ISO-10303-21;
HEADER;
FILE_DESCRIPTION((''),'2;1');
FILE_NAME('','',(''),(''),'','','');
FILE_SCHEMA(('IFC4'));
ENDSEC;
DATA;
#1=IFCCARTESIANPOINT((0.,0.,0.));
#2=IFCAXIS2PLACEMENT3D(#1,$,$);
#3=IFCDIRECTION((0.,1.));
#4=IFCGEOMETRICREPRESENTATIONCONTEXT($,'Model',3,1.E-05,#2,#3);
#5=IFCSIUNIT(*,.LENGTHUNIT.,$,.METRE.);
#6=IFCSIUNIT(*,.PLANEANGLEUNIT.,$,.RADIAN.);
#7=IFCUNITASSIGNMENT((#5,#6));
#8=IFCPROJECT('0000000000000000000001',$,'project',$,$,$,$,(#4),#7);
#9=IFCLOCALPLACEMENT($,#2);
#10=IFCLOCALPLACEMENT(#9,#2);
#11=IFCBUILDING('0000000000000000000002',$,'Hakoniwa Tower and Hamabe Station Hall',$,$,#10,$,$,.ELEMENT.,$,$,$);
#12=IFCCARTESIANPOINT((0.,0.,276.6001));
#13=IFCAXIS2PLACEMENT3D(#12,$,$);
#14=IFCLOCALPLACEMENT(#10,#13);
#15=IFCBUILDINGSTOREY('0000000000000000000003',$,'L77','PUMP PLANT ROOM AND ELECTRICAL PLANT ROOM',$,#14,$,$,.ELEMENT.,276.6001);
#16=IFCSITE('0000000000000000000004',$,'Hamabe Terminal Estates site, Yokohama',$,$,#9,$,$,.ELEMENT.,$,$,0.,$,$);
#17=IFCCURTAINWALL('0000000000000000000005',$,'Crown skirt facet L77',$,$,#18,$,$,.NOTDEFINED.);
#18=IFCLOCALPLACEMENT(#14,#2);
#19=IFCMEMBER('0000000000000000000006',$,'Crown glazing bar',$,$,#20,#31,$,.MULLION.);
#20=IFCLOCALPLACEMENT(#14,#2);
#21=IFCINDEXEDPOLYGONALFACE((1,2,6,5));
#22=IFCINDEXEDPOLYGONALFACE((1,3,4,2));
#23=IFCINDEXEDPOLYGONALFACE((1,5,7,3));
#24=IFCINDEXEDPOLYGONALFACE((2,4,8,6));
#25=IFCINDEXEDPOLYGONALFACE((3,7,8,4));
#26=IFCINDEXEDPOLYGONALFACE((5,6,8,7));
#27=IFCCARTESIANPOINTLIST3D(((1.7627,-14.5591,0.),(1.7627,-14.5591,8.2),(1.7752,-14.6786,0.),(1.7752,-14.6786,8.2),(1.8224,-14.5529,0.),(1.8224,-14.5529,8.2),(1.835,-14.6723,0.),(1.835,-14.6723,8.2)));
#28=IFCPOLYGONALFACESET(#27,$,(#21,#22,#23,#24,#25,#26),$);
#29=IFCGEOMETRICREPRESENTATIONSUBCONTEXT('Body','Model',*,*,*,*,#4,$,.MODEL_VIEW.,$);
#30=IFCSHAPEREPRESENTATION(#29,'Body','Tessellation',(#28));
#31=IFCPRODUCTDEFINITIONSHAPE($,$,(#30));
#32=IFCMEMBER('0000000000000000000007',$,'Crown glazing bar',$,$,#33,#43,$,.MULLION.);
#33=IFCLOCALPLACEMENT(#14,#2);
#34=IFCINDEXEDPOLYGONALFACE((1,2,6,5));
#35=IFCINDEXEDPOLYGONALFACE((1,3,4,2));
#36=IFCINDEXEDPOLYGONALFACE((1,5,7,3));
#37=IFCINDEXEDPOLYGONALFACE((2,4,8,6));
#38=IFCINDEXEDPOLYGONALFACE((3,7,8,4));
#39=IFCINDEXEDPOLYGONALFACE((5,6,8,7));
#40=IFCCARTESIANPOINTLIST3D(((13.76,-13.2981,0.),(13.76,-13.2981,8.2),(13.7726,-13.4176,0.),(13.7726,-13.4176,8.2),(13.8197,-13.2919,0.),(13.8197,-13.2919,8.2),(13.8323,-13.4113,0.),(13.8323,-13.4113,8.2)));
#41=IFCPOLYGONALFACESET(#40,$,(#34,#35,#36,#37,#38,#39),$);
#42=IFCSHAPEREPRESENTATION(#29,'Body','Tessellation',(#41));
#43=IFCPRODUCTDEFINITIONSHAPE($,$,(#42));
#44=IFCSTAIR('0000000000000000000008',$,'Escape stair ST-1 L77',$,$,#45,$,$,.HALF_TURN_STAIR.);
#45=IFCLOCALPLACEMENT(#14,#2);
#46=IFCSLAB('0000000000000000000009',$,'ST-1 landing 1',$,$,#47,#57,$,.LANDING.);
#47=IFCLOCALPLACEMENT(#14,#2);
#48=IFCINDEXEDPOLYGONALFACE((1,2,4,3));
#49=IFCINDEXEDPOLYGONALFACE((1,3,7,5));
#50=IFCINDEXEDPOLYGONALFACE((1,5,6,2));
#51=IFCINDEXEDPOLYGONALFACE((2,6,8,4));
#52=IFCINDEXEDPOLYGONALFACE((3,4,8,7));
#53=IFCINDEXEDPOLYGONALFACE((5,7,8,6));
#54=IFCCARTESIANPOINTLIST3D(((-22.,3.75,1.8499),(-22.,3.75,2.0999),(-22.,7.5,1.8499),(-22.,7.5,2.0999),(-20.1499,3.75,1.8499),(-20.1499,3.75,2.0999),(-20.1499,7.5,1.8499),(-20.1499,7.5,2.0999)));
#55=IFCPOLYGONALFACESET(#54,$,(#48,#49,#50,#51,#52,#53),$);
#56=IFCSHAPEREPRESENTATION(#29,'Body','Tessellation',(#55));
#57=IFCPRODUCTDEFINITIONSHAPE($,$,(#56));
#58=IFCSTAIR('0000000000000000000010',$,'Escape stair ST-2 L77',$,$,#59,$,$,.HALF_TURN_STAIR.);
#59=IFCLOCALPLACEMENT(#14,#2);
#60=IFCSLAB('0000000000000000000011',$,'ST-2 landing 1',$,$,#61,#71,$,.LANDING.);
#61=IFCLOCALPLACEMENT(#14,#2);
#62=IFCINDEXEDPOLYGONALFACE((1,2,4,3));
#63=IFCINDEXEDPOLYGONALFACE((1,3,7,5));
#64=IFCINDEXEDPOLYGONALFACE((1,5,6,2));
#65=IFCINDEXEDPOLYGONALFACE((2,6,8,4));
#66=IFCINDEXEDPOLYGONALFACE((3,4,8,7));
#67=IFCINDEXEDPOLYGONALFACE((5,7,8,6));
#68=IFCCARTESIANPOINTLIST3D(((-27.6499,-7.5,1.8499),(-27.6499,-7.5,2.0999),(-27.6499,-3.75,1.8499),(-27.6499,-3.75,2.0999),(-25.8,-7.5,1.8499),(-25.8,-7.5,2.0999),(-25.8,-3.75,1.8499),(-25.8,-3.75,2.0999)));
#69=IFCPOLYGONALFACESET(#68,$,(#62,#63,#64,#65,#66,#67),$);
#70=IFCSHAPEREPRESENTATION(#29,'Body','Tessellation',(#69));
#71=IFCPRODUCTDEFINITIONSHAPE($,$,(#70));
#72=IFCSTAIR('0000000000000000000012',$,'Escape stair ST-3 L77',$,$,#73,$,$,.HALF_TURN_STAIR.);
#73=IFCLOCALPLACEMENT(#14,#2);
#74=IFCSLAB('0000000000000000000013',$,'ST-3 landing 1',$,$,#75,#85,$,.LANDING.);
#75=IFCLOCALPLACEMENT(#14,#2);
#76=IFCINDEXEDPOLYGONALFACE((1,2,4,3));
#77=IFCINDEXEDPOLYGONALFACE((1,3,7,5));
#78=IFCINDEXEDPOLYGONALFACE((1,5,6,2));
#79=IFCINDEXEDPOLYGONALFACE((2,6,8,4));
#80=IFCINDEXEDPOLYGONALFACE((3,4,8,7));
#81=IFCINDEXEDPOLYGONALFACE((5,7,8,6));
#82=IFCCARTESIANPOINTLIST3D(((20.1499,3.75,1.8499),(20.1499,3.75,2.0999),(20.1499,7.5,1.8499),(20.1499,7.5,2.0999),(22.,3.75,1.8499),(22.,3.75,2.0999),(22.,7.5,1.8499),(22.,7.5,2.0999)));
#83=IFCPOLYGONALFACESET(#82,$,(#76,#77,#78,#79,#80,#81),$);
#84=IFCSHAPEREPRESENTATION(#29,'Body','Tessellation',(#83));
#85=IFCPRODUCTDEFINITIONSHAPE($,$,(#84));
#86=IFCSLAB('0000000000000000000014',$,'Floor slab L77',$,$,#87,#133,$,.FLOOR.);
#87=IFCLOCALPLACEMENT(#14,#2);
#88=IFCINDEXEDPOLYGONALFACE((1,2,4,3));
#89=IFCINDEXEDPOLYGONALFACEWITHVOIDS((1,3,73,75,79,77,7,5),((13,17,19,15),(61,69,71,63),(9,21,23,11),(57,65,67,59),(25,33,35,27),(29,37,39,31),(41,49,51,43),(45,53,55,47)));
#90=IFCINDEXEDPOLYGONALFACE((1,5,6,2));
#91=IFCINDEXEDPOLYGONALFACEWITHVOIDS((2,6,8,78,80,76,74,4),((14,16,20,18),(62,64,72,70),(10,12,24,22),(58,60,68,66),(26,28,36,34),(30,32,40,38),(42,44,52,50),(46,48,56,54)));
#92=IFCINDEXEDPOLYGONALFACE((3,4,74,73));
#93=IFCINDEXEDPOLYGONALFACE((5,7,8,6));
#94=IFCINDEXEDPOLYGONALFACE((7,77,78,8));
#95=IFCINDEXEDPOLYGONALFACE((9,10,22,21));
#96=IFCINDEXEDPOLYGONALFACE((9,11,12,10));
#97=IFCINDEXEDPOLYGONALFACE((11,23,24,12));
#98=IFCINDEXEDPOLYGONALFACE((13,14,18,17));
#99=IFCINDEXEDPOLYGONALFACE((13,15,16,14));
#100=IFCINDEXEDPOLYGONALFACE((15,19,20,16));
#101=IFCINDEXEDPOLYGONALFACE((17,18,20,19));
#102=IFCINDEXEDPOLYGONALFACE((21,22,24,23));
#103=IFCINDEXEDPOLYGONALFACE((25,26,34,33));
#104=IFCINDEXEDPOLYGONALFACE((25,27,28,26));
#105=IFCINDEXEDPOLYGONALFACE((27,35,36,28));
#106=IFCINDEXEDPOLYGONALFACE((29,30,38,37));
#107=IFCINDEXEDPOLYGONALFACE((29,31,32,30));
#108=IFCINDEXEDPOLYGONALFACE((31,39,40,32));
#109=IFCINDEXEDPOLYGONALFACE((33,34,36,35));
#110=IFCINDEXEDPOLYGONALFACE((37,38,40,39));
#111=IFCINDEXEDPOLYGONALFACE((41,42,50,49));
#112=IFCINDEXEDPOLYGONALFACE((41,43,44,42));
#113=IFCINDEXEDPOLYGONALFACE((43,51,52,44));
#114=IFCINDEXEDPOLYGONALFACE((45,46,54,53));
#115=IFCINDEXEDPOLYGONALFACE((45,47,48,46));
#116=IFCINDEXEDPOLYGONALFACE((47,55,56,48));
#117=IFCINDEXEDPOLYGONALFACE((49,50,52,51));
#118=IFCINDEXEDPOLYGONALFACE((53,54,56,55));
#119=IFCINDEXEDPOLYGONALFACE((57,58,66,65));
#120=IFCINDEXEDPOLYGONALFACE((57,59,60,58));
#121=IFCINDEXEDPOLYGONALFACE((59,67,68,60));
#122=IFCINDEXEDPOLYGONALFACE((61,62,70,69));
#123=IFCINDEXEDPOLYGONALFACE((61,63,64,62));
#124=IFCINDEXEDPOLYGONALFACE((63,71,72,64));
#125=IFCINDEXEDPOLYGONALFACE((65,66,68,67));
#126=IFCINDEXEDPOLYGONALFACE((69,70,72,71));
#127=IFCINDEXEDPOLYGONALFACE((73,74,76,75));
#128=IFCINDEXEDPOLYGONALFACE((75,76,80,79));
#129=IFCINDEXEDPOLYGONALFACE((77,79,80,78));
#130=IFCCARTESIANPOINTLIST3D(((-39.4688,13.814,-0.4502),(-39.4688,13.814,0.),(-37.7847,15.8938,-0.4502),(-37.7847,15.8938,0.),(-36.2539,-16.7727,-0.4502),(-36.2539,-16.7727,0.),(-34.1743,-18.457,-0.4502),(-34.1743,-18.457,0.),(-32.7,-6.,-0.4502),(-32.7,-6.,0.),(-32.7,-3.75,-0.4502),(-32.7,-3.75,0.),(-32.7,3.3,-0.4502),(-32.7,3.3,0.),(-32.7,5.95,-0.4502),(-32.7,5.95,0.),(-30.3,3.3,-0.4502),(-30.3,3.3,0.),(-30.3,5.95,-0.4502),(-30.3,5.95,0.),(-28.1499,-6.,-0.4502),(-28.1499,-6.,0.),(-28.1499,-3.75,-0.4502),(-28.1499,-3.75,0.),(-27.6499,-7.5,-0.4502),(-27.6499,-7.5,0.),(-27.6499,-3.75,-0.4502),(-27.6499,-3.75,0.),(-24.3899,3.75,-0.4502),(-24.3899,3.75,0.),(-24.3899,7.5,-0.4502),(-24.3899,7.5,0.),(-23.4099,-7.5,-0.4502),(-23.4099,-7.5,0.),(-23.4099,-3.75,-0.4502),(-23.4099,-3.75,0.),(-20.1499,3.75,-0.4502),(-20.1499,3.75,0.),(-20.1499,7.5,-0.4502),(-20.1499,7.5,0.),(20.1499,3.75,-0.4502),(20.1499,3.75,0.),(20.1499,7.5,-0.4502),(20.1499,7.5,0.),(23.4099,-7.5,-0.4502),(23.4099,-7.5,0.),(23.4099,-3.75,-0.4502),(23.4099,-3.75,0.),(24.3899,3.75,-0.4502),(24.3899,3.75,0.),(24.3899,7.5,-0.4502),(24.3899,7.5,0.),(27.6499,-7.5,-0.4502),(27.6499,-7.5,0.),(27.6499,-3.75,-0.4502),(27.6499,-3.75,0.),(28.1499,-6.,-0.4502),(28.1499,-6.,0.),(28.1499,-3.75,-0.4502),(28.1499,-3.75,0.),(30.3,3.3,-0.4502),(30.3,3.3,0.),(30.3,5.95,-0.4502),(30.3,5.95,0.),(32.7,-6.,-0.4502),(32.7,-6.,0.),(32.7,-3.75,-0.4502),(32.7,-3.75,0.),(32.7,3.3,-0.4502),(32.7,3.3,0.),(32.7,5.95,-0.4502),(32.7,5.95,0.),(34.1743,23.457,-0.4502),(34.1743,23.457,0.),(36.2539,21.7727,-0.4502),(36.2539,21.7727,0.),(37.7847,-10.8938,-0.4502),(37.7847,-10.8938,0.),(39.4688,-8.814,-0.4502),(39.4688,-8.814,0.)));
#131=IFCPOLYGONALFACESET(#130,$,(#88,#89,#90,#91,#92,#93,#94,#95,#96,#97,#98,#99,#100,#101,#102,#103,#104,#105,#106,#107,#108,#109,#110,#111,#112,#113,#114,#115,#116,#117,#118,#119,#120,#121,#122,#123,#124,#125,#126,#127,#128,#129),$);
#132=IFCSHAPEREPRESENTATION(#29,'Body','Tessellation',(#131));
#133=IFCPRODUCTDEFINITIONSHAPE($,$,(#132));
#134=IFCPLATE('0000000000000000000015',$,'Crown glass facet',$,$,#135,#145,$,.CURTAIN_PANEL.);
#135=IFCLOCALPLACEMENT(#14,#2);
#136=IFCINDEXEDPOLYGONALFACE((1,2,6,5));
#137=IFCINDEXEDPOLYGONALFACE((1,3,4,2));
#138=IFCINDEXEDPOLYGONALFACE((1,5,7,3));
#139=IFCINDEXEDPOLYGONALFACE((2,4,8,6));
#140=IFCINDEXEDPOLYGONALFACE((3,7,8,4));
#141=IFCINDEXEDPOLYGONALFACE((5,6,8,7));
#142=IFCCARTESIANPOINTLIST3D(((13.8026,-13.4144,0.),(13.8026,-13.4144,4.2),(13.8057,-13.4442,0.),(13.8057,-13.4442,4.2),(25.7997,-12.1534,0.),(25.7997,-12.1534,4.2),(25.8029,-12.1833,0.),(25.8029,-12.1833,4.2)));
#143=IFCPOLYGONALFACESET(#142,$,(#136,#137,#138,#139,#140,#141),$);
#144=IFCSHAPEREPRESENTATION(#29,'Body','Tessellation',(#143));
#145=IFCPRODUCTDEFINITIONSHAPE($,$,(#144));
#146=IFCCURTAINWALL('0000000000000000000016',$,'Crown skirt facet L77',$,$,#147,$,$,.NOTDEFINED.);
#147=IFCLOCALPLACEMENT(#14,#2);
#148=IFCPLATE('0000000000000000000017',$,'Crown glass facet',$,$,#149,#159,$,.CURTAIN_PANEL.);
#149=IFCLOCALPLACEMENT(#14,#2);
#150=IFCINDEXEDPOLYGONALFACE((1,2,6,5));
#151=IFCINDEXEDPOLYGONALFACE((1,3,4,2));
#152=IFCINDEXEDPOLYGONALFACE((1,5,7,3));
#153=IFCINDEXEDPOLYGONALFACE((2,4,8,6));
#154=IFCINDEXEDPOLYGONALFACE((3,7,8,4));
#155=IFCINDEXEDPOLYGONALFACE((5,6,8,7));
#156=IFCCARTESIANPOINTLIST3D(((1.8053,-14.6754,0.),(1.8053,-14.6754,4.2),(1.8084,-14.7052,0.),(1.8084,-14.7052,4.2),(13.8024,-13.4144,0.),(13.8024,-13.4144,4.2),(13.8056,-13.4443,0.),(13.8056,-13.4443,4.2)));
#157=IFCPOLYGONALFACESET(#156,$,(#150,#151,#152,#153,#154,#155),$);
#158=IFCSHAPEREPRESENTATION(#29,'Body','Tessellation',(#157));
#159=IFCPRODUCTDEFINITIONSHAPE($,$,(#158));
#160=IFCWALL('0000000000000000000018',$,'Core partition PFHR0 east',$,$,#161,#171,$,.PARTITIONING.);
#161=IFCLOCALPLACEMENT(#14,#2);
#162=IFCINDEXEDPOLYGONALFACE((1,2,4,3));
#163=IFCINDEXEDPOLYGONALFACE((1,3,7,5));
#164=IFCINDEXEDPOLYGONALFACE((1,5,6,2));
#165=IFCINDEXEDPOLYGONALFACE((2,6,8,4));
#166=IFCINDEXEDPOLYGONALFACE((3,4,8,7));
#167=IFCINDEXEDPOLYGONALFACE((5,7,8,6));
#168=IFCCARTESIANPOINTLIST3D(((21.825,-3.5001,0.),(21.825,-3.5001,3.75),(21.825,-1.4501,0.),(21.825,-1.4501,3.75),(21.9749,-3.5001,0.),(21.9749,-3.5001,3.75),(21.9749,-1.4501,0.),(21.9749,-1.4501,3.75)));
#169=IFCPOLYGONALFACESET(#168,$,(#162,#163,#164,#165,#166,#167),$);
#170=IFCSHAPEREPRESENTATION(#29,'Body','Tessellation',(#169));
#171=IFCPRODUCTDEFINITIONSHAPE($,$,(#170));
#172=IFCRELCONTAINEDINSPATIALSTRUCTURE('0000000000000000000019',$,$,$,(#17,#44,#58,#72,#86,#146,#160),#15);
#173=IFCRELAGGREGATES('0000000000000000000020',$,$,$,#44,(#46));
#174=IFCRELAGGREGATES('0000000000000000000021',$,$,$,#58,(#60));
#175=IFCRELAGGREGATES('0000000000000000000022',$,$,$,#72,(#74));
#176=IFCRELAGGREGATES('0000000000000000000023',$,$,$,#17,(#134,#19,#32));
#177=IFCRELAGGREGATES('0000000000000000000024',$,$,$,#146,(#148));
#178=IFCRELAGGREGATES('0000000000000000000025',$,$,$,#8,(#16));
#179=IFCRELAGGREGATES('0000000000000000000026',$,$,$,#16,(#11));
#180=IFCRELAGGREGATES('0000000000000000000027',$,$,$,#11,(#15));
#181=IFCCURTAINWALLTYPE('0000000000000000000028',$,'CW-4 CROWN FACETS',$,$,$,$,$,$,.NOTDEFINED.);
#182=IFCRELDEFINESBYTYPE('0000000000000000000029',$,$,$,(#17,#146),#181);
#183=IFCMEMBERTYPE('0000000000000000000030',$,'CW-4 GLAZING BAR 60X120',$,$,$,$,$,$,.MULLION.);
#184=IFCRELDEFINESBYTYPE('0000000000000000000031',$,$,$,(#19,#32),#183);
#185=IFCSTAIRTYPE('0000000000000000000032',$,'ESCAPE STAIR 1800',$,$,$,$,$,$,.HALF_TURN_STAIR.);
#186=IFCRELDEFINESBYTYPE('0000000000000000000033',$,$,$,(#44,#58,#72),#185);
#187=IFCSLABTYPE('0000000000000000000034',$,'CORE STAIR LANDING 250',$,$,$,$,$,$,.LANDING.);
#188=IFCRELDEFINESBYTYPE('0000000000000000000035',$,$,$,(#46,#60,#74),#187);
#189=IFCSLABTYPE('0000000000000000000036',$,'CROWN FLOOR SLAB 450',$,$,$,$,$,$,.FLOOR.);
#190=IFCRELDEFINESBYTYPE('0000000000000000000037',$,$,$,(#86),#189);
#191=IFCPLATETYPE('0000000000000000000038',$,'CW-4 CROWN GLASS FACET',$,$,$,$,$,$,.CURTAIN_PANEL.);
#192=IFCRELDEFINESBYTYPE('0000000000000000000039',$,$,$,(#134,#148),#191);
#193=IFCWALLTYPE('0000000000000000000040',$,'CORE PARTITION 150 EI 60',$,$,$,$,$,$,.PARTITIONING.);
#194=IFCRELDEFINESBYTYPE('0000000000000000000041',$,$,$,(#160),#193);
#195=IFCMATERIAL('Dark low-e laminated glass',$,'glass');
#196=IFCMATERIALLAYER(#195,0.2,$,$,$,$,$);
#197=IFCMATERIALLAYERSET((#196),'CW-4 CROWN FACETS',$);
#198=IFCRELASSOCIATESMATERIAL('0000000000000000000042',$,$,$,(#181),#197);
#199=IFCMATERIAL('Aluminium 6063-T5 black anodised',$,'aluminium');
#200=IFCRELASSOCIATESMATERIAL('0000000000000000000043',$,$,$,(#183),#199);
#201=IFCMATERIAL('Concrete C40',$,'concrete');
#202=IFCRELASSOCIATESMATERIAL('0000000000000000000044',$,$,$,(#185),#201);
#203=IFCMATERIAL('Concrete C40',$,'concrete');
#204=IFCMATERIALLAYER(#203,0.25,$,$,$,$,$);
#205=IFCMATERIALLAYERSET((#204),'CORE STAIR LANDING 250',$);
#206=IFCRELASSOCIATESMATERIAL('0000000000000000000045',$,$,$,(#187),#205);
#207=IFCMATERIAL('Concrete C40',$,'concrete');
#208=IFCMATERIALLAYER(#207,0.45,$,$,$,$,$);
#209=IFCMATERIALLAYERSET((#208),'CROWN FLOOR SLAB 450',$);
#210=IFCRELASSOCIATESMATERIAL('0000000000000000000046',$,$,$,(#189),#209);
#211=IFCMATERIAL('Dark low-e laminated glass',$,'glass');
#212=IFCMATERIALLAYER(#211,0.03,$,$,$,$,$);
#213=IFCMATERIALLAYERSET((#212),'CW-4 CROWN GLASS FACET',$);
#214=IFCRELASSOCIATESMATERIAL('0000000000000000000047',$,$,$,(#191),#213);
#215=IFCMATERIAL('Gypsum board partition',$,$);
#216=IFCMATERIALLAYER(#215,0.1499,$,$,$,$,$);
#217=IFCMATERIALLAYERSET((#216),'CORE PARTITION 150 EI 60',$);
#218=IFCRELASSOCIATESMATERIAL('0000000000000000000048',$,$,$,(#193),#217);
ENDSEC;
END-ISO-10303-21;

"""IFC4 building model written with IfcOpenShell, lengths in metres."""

from ifc_helpers import new_model, si_unit, direction, frame, frame_2d, origin, origin_2d, place, context, subcontext, project, spatial, polyline, rectangle, outline, extrude, material, layer, layer_set, material_profile, profile_set, type_object, element, aggregate, save


model = new_model("IFC4")

# Units and contexts
model_context = context("Model", 3, precision=1e-05, world=origin(), true_north=direction((0.0, 1.0)))
body_context = subcontext(model_context, "Body", "Model", "MODEL_VIEW")
ifc_project = project(units=[si_unit("LENGTHUNIT", "METRE"), si_unit("PLANEANGLEUNIT", "RADIAN")], contexts=[model_context])

# Site, building, storey
site_placement = place(None, origin())
site = spatial("IfcSite", under=ifc_project, at=site_placement, Name="Hamabe Terminal Estates site, Yokohama", CompositionType="ELEMENT", RefElevation=0.0)
building_placement = place(site_placement, origin())
building = spatial("IfcBuilding", under=site, at=building_placement, Name="Hakoniwa Tower and Hamabe Station Hall", CompositionType="ELEMENT")
storey_placement = place(building_placement, frame((0.0, 0.0, 276.6001)))
storey = spatial("IfcBuildingStorey", under=building, at=storey_placement, Name="L77", Description="PUMP PLANT ROOM AND ELECTRICAL PLANT ROOM", CompositionType="ELEMENT", Elevation=276.6001)

# Curtain wall, members
ifc_material_1 = material(Name="Dark low-e laminated glass", Category="glass")
ifc_layer_1 = layer(ifc_material_1, 0.2)
ifc_layer_set_1 = layer_set([ifc_layer_1], Name="CW-4 CROWN FACETS")
curtain_wall_type = type_object("IfcCurtainWallType", Name="CW-4 CROWN FACETS", PredefinedType="NOTDEFINED", material=ifc_layer_set_1)
curtain_wall_1_placement = place(storey_placement, origin())
curtain_wall_1 = element("IfcCurtainWall", 1, at=curtain_wall_1_placement, inside=storey, type_object=curtain_wall_type, Name="Crown skirt facet L77", PredefinedType="NOTDEFINED")
ifc_material_2 = material(Name="Aluminium 6063-T5 black anodised", Category="aluminium")
ifc_material_profile_1 = material_profile(ifc_material_2, rectangle(XDim=0.0601, YDim=0.1201, at=origin_2d()), Name="CW-4 GLAZING BAR 60X120")
ifc_profile_set_1 = profile_set([ifc_material_profile_1], Name="Aluminium 6063-T5 black anodised")
member_type = type_object("IfcMemberType", Name="CW-4 GLAZING BAR 60X120", PredefinedType="MULLION", material=ifc_profile_set_1)
member_1_placement = place(storey_placement, frame((1.7988, -14.6157, 0.0), z_axis=(0.0, 0.0, 1.0), x_axis=(-0.994522, -0.104528, 0.0)))
member_1 = element("IfcMember", 2, at=member_1_placement, type_object=member_type, Name="Crown glazing bar", PredefinedType="MULLION", context=body_context, shape_type="SweptSolid", body=[
    extrude(rectangle(XDim=0.0601, YDim=0.1201, at=origin_2d()), origin(), (0.0, 0.0, 1.0), 8.2),
])
member_2_placement = place(storey_placement, frame((13.7961, -13.3547, 0.0), z_axis=(0.0, 0.0, 1.0), x_axis=(-0.994522, -0.104528, 0.0)))
member_2 = element("IfcMember", 3, at=member_2_placement, type_object=member_type, Name="Crown glazing bar", PredefinedType="MULLION", context=body_context, shape_type="SweptSolid", body=[
    extrude(rectangle(XDim=0.0601, YDim=0.1201, at=origin_2d()), origin(), (0.0, 0.0, 1.0), 8.2),
])

# Stairs, slabs
ifc_material_3 = material(Name="Concrete C40", Category="concrete")
stair_type = type_object("IfcStairType", Name="ESCAPE STAIR 1800", PredefinedType="HALF_TURN_STAIR", material=ifc_material_3)
stair_1_placement = place(storey_placement, origin())
stair_1 = element("IfcStair", 4, at=stair_1_placement, inside=storey, type_object=stair_type, Name="Escape stair ST-1 L77", PredefinedType="HALF_TURN_STAIR")
ifc_material_4 = material(Name="Concrete C40", Category="concrete")
ifc_layer_2 = layer(ifc_material_4, 0.25)
ifc_layer_set_2 = layer_set([ifc_layer_2], Name="CORE STAIR LANDING 250")
slab_type_1 = type_object("IfcSlabType", Name="CORE STAIR LANDING 250", PredefinedType="LANDING", material=ifc_layer_set_2)
slab_1_placement = place(storey_placement, frame((0.0, 0.0, 1.8499)))
slab_1 = element("IfcSlab", 5, at=slab_1_placement, type_object=slab_type_1, Name="ST-1 landing 1", PredefinedType="LANDING", context=body_context, shape_type="SweptSolid", body=[
    extrude(outline(polyline([(-22.0, 3.75), (-20.1499, 3.75), (-20.1499, 7.5), (-22.0, 7.5), (-22.0, 3.75)])), origin(), (0.0, 0.0, 1.0), 0.25),
])
aggregate(stair_1, [slab_1])
stair_2_placement = place(storey_placement, origin())
stair_2 = element("IfcStair", 6, at=stair_2_placement, inside=storey, type_object=stair_type, Name="Escape stair ST-2 L77", PredefinedType="HALF_TURN_STAIR")
slab_2_placement = place(storey_placement, frame((0.0, 0.0, 1.8499)))
slab_2 = element("IfcSlab", 7, at=slab_2_placement, type_object=slab_type_1, Name="ST-2 landing 1", PredefinedType="LANDING", context=body_context, shape_type="SweptSolid", body=[
    extrude(outline(polyline([(-25.8, -7.5), (-27.6499, -7.5), (-27.6499, -3.75), (-25.8, -3.75), (-25.8, -7.5)])), origin(), (0.0, 0.0, 1.0), 0.25),
])
aggregate(stair_2, [slab_2])
stair_3_placement = place(storey_placement, origin())
stair_3 = element("IfcStair", 8, at=stair_3_placement, inside=storey, type_object=stair_type, Name="Escape stair ST-3 L77", PredefinedType="HALF_TURN_STAIR")
slab_3_placement = place(storey_placement, frame((0.0, 0.0, 1.8499)))
slab_3 = element("IfcSlab", 9, at=slab_3_placement, type_object=slab_type_1, Name="ST-3 landing 1", PredefinedType="LANDING", context=body_context, shape_type="SweptSolid", body=[
    extrude(outline(polyline([(22.0, 3.75), (20.1499, 3.75), (20.1499, 7.5), (22.0, 7.5), (22.0, 3.75)])), origin(), (0.0, 0.0, 1.0), 0.25),
])
aggregate(stair_3, [slab_3])

# Slab
ifc_material_5 = material(Name="Concrete C40", Category="concrete")
ifc_layer_3 = layer(ifc_material_5, 0.45)
ifc_layer_set_3 = layer_set([ifc_layer_3], Name="CROWN FLOOR SLAB 450")
slab_type_2 = type_object("IfcSlabType", Name="CROWN FLOOR SLAB 450", PredefinedType="FLOOR", material=ifc_layer_set_3)
slab_4_placement = place(storey_placement, frame((0.0, 0.0, -0.4502)))
element("IfcSlab", 10, at=slab_4_placement, inside=storey, type_object=slab_type_2, Name="Floor slab L77", PredefinedType="FLOOR", context=body_context, shape_type="SweptSolid", body=[
    extrude(outline(polyline([(36.2539, 21.7727), (34.1743, 23.457), (-37.7847, 15.8938), (-39.4688, 13.814), (-36.2539, -16.7727), (-34.1743, -18.457), (37.7847, -10.8938), (39.4688, -8.814), (36.2539, 21.7727)]), holes=[polyline([(-32.7, 3.3), (-32.7, 5.95), (-30.3, 5.95), (-30.3, 3.3), (-32.7, 3.3)]), polyline([(-32.7, -6.0), (-32.7, -3.75), (-28.1499, -3.75), (-28.1499, -6.0), (-32.7, -6.0)]), polyline([(-24.3899, 3.75), (-24.3899, 7.5), (-20.1499, 7.5), (-20.1499, 3.75), (-24.3899, 3.75)]), polyline([(-27.6499, -7.5), (-27.6499, -3.75), (-23.4099, -3.75), (-23.4099, -7.5), (-27.6499, -7.5)]), polyline([(30.3, 3.3), (30.3, 5.95), (32.7, 5.95), (32.7, 3.3), (30.3, 3.3)]), polyline([(28.1499, -6.0), (28.1499, -3.75), (32.7, -3.75), (32.7, -6.0), (28.1499, -6.0)]), polyline([(20.1499, 3.75), (20.1499, 7.5), (24.3899, 7.5), (24.3899, 3.75), (20.1499, 3.75)]), polyline([(23.4099, -7.5), (23.4099, -3.75), (27.6499, -3.75), (27.6499, -7.5), (23.4099, -7.5)])]), origin(), (0.0, 0.0, 1.0), 0.4502),
])

# Plate
ifc_material_6 = material(Name="Dark low-e laminated glass", Category="glass")
ifc_layer_4 = layer(ifc_material_6, 0.03)
ifc_layer_set_4 = layer_set([ifc_layer_4], Name="CW-4 CROWN GLASS FACET")
plate_type = type_object("IfcPlateType", Name="CW-4 CROWN GLASS FACET", PredefinedType="CURTAIN_PANEL", material=ifc_layer_set_4)
plate_1_placement = place(storey_placement, frame((19.8027, -12.7988, 0.0), z_axis=(0.0, 0.0, 1.0), x_axis=(0.994522, 0.104528, 0.0)))
plate_1 = element("IfcPlate", 11, at=plate_1_placement, type_object=plate_type, Name="Crown glass facet", PredefinedType="CURTAIN_PANEL", context=body_context, shape_type="SweptSolid", body=[
    extrude(rectangle(XDim=12.0632, YDim=0.03, at=origin_2d()), origin(), (0.0, 0.0, 1.0), 4.2),
])
aggregate(curtain_wall_1, [plate_1, member_1, member_2])

# Curtain wall, plate
curtain_wall_2_placement = place(storey_placement, origin())
curtain_wall_2 = element("IfcCurtainWall", 12, at=curtain_wall_2_placement, inside=storey, type_object=curtain_wall_type, Name="Crown skirt facet L77", PredefinedType="NOTDEFINED")
plate_2_placement = place(storey_placement, frame((7.8054, -14.0598, 0.0), z_axis=(0.0, 0.0, 1.0), x_axis=(0.994522, 0.104528, 0.0)))
plate_2 = element("IfcPlate", 13, at=plate_2_placement, type_object=plate_type, Name="Crown glass facet", PredefinedType="CURTAIN_PANEL", context=body_context, shape_type="SweptSolid", body=[
    extrude(rectangle(XDim=12.0632, YDim=0.03, at=origin_2d()), origin(), (0.0, 0.0, 1.0), 4.2),
])
aggregate(curtain_wall_2, [plate_2])

# Wall
ifc_material_7 = material(Name="Gypsum board partition")
ifc_layer_5 = layer(ifc_material_7, 0.1499)
ifc_layer_set_5 = layer_set([ifc_layer_5], Name="CORE PARTITION 150 EI 60")
wall_type_1 = type_object("IfcWallType", Name="CORE PARTITION 150 EI 60", PredefinedType="PARTITIONING", material=ifc_layer_set_5)
wall_1_placement = place(storey_placement, frame((21.8999, -3.5, 0.0), z_axis=(0.0, 0.0, 1.0), x_axis=(0.0, 1.0, 0.0)))
element("IfcWall", 14, at=wall_1_placement, inside=storey, type_object=wall_type_1, Name="Core partition PFHR0 east", PredefinedType="PARTITIONING", context=body_context, shape_type="SweptSolid", body=[
    extrude(rectangle(XDim=2.05, YDim=0.1499, at=frame_2d((1.0249, 0.0))), origin(), (0.0, 0.0, 1.0), 3.75),
])

save(model, "model.ifc")
